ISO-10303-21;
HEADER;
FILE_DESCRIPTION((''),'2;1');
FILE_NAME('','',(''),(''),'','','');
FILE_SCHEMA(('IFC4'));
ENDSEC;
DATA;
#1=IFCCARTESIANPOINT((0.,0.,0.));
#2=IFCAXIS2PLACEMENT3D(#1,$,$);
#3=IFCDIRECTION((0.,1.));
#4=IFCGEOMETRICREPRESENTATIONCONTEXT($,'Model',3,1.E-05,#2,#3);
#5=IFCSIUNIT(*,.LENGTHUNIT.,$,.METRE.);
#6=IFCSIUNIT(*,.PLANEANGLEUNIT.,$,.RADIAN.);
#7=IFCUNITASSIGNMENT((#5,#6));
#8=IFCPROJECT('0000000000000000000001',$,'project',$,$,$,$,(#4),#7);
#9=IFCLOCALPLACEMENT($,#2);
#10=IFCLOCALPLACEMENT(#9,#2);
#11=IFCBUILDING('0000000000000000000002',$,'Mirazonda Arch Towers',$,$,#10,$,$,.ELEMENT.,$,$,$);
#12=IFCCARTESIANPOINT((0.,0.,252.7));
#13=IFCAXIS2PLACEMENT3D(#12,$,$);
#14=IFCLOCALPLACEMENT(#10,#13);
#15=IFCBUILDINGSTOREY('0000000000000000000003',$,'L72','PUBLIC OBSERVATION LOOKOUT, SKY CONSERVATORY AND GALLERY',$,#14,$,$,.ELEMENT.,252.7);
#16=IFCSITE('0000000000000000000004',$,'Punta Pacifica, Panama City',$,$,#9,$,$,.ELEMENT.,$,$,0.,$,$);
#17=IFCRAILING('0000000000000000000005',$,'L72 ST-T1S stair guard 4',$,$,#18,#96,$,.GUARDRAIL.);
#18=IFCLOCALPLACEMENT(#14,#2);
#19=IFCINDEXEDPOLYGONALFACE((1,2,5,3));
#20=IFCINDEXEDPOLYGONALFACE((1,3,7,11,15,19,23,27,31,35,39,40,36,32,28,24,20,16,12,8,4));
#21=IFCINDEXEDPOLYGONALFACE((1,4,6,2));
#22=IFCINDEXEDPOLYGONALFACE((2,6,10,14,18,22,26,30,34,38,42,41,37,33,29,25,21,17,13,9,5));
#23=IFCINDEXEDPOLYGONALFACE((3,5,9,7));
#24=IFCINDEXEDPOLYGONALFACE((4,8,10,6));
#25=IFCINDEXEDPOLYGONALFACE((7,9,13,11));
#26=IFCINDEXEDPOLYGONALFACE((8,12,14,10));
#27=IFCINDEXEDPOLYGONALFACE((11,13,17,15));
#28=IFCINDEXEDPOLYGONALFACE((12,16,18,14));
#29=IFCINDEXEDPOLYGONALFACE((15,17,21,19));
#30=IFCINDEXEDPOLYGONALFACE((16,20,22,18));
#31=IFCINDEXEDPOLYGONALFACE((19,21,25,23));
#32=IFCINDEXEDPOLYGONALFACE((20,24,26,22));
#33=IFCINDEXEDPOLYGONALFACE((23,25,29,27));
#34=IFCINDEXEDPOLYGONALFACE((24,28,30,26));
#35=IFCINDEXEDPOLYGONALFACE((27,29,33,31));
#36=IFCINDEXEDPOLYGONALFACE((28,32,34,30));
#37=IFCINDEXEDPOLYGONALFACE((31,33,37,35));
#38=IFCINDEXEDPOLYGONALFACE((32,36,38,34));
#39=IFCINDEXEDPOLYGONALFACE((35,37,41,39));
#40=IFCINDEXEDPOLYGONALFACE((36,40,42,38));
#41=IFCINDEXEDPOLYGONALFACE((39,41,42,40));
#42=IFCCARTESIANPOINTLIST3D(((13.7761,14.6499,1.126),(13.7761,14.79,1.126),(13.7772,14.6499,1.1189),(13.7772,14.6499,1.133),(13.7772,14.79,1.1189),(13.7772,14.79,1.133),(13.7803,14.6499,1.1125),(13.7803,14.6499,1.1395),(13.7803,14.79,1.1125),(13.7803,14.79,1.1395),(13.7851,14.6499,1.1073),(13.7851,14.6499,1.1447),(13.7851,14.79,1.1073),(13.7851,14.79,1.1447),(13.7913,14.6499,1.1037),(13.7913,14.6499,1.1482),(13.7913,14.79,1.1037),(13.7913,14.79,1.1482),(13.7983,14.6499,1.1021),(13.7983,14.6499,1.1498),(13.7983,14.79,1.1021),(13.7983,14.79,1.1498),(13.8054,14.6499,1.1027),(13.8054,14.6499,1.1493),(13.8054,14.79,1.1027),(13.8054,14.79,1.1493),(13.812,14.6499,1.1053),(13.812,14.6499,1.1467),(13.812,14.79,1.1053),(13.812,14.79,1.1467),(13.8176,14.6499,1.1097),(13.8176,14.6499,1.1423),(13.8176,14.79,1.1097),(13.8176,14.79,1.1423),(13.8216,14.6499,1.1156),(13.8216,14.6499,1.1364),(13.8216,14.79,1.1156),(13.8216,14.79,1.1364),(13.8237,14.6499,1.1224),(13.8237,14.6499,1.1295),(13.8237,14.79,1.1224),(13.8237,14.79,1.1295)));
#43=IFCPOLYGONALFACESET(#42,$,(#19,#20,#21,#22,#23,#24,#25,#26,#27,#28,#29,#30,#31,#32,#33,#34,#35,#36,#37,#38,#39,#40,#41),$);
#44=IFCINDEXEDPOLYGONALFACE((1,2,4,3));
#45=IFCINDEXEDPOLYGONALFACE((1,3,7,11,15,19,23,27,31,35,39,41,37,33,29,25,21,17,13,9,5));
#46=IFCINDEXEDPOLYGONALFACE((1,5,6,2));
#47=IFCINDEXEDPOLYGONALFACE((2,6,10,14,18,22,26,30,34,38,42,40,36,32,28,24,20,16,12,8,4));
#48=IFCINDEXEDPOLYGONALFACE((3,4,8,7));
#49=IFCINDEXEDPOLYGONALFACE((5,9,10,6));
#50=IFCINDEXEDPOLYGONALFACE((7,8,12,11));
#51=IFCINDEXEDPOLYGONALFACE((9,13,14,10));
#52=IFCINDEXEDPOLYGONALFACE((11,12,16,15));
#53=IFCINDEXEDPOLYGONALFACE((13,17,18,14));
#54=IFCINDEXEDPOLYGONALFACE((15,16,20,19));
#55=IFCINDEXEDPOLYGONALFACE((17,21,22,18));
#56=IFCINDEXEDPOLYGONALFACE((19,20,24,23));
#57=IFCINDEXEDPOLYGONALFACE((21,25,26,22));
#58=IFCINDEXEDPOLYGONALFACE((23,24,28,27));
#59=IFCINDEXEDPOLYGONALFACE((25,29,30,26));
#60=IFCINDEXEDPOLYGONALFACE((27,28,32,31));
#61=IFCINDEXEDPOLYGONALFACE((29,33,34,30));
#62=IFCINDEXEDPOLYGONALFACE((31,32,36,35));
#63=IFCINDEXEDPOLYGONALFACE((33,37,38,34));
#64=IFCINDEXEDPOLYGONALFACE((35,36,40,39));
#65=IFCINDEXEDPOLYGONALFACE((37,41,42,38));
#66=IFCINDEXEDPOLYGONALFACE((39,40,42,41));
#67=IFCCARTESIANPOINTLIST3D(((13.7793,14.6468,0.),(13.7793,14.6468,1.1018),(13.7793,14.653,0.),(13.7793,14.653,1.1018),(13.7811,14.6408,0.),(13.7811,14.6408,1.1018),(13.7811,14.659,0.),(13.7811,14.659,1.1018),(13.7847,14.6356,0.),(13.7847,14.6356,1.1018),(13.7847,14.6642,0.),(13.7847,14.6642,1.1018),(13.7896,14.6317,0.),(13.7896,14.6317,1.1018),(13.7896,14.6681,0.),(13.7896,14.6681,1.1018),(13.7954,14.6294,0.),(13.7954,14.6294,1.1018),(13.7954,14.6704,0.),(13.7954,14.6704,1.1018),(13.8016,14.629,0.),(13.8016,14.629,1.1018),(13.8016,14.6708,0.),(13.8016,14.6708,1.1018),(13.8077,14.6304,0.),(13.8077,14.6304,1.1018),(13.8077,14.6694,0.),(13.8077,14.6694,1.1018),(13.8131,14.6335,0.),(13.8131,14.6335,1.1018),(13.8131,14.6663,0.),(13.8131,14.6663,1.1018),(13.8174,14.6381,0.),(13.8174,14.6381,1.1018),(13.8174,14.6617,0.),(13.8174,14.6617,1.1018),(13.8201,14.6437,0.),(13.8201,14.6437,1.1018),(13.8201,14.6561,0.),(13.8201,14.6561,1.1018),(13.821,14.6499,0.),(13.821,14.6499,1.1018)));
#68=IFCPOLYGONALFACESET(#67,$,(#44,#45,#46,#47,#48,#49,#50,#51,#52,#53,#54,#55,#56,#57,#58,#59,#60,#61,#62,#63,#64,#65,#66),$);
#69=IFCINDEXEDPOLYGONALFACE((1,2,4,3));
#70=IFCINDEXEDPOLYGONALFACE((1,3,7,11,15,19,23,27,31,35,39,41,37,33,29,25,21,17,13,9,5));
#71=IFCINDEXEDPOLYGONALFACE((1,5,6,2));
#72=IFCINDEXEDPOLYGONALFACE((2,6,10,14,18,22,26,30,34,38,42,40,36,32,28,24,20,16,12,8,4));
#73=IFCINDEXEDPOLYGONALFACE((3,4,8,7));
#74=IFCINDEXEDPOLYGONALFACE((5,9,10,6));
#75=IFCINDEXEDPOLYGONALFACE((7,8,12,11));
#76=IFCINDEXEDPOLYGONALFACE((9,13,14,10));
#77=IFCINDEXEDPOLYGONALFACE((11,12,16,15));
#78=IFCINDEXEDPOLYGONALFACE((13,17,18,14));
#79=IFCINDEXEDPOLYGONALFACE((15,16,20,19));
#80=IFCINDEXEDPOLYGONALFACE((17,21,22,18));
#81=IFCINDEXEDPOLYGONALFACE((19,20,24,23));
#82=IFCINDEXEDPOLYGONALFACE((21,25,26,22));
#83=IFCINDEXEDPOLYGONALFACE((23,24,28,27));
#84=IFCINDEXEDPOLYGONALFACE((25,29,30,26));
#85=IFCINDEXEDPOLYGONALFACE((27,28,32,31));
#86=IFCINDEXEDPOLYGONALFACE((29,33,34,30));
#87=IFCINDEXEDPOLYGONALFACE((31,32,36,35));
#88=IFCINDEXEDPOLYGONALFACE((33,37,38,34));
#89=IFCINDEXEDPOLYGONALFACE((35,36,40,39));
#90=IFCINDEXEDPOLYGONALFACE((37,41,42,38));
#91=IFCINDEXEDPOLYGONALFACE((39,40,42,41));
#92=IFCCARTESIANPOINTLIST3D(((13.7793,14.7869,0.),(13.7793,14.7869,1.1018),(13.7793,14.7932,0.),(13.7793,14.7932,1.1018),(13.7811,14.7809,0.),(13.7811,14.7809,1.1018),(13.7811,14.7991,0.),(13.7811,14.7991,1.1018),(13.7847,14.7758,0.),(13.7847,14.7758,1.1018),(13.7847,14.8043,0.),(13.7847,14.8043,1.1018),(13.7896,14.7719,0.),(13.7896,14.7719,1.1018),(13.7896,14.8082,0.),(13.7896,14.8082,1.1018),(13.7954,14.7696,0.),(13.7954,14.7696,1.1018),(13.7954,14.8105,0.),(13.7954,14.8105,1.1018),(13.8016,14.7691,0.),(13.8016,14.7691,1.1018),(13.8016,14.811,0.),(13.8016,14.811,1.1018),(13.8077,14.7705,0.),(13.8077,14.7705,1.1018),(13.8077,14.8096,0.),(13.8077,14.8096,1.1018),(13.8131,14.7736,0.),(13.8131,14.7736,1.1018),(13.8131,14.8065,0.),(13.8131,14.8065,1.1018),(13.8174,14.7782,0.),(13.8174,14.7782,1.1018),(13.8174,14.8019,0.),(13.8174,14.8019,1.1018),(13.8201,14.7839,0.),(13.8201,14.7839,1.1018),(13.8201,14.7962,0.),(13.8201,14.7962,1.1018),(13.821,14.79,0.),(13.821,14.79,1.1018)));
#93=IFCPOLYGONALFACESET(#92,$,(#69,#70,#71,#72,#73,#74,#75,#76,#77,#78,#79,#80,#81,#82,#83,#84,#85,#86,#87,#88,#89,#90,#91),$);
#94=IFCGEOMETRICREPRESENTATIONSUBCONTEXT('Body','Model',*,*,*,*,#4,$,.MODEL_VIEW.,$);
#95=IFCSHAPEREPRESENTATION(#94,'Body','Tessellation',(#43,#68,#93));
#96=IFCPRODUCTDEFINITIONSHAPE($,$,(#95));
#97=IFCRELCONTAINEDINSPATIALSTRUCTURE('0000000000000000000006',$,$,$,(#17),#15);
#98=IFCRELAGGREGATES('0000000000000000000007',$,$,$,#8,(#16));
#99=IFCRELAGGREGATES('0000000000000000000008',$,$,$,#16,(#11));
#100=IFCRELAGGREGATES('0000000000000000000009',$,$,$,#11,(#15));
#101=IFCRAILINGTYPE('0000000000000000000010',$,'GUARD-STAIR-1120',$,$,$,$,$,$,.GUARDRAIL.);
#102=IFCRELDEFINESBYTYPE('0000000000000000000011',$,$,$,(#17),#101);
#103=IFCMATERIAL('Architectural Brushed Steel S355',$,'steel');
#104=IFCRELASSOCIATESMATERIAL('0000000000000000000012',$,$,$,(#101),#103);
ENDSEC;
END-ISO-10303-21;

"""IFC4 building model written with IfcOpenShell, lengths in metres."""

from ifc_helpers import new_model, si_unit, direction, frame, origin, origin_2d, place, context, subcontext, project, spatial, circle, extrude, material, type_object, element, save


model = new_model("IFC4")

# Units and contexts
model_context = context("Model", 3, precision=1e-05, world=origin(), true_north=direction((0.0, 1.0)))
body_context = subcontext(model_context, "Body", "Model", "MODEL_VIEW")
ifc_project = project(units=[si_unit("LENGTHUNIT", "METRE"), si_unit("PLANEANGLEUNIT", "RADIAN")], contexts=[model_context])

# Site, building, storey
site_placement = place(None, origin())
site = spatial("IfcSite", under=ifc_project, at=site_placement, Name="Punta Pacifica, Panama City", CompositionType="ELEMENT", RefElevation=0.0)
building_placement = place(site_placement, origin())
building = spatial("IfcBuilding", under=site, at=building_placement, Name="Mirazonda Arch Towers", CompositionType="ELEMENT")
storey_placement = place(building_placement, frame((0.0, 0.0, 252.7)))
storey = spatial("IfcBuildingStorey", under=building, at=storey_placement, Name="L72", Description="PUBLIC OBSERVATION LOOKOUT, SKY CONSERVATORY AND GALLERY", CompositionType="ELEMENT", Elevation=252.7)

# Railing
ifc_material_1 = material(Name="Architectural Brushed Steel S355", Category="steel")
railing_type_1 = type_object("IfcRailingType", Name="GUARD-STAIR-1120", PredefinedType="GUARDRAIL", material=ifc_material_1)
railing_1_placement = place(storey_placement, frame((13.8, 14.6499, 0.0)))
element("IfcRailing", 1, at=railing_1_placement, inside=storey, type_object=railing_type_1, Name="L72 ST-T1S stair guard 4", PredefinedType="GUARDRAIL", context=body_context, shape_type="SweptSolid", body=[
    extrude(circle(Radius=0.0239, at=origin_2d()), frame((0.0, 0.0, 1.126), z_axis=(0.0, 1.0, 0.0), x_axis=(-1.0, 0.0, 0.0)), (0.0, 0.0, 1.0), 0.1401),
    extrude(circle(Radius=0.021, at=origin_2d()), origin(), (0.0, 0.0, 1.0), 1.1018),
    extrude(circle(Radius=0.021, at=origin_2d()), frame((0.0, 0.1401, 0.0)), (0.0, 0.0, 1.0), 1.1018),
])

save(model, "model.ifc")
